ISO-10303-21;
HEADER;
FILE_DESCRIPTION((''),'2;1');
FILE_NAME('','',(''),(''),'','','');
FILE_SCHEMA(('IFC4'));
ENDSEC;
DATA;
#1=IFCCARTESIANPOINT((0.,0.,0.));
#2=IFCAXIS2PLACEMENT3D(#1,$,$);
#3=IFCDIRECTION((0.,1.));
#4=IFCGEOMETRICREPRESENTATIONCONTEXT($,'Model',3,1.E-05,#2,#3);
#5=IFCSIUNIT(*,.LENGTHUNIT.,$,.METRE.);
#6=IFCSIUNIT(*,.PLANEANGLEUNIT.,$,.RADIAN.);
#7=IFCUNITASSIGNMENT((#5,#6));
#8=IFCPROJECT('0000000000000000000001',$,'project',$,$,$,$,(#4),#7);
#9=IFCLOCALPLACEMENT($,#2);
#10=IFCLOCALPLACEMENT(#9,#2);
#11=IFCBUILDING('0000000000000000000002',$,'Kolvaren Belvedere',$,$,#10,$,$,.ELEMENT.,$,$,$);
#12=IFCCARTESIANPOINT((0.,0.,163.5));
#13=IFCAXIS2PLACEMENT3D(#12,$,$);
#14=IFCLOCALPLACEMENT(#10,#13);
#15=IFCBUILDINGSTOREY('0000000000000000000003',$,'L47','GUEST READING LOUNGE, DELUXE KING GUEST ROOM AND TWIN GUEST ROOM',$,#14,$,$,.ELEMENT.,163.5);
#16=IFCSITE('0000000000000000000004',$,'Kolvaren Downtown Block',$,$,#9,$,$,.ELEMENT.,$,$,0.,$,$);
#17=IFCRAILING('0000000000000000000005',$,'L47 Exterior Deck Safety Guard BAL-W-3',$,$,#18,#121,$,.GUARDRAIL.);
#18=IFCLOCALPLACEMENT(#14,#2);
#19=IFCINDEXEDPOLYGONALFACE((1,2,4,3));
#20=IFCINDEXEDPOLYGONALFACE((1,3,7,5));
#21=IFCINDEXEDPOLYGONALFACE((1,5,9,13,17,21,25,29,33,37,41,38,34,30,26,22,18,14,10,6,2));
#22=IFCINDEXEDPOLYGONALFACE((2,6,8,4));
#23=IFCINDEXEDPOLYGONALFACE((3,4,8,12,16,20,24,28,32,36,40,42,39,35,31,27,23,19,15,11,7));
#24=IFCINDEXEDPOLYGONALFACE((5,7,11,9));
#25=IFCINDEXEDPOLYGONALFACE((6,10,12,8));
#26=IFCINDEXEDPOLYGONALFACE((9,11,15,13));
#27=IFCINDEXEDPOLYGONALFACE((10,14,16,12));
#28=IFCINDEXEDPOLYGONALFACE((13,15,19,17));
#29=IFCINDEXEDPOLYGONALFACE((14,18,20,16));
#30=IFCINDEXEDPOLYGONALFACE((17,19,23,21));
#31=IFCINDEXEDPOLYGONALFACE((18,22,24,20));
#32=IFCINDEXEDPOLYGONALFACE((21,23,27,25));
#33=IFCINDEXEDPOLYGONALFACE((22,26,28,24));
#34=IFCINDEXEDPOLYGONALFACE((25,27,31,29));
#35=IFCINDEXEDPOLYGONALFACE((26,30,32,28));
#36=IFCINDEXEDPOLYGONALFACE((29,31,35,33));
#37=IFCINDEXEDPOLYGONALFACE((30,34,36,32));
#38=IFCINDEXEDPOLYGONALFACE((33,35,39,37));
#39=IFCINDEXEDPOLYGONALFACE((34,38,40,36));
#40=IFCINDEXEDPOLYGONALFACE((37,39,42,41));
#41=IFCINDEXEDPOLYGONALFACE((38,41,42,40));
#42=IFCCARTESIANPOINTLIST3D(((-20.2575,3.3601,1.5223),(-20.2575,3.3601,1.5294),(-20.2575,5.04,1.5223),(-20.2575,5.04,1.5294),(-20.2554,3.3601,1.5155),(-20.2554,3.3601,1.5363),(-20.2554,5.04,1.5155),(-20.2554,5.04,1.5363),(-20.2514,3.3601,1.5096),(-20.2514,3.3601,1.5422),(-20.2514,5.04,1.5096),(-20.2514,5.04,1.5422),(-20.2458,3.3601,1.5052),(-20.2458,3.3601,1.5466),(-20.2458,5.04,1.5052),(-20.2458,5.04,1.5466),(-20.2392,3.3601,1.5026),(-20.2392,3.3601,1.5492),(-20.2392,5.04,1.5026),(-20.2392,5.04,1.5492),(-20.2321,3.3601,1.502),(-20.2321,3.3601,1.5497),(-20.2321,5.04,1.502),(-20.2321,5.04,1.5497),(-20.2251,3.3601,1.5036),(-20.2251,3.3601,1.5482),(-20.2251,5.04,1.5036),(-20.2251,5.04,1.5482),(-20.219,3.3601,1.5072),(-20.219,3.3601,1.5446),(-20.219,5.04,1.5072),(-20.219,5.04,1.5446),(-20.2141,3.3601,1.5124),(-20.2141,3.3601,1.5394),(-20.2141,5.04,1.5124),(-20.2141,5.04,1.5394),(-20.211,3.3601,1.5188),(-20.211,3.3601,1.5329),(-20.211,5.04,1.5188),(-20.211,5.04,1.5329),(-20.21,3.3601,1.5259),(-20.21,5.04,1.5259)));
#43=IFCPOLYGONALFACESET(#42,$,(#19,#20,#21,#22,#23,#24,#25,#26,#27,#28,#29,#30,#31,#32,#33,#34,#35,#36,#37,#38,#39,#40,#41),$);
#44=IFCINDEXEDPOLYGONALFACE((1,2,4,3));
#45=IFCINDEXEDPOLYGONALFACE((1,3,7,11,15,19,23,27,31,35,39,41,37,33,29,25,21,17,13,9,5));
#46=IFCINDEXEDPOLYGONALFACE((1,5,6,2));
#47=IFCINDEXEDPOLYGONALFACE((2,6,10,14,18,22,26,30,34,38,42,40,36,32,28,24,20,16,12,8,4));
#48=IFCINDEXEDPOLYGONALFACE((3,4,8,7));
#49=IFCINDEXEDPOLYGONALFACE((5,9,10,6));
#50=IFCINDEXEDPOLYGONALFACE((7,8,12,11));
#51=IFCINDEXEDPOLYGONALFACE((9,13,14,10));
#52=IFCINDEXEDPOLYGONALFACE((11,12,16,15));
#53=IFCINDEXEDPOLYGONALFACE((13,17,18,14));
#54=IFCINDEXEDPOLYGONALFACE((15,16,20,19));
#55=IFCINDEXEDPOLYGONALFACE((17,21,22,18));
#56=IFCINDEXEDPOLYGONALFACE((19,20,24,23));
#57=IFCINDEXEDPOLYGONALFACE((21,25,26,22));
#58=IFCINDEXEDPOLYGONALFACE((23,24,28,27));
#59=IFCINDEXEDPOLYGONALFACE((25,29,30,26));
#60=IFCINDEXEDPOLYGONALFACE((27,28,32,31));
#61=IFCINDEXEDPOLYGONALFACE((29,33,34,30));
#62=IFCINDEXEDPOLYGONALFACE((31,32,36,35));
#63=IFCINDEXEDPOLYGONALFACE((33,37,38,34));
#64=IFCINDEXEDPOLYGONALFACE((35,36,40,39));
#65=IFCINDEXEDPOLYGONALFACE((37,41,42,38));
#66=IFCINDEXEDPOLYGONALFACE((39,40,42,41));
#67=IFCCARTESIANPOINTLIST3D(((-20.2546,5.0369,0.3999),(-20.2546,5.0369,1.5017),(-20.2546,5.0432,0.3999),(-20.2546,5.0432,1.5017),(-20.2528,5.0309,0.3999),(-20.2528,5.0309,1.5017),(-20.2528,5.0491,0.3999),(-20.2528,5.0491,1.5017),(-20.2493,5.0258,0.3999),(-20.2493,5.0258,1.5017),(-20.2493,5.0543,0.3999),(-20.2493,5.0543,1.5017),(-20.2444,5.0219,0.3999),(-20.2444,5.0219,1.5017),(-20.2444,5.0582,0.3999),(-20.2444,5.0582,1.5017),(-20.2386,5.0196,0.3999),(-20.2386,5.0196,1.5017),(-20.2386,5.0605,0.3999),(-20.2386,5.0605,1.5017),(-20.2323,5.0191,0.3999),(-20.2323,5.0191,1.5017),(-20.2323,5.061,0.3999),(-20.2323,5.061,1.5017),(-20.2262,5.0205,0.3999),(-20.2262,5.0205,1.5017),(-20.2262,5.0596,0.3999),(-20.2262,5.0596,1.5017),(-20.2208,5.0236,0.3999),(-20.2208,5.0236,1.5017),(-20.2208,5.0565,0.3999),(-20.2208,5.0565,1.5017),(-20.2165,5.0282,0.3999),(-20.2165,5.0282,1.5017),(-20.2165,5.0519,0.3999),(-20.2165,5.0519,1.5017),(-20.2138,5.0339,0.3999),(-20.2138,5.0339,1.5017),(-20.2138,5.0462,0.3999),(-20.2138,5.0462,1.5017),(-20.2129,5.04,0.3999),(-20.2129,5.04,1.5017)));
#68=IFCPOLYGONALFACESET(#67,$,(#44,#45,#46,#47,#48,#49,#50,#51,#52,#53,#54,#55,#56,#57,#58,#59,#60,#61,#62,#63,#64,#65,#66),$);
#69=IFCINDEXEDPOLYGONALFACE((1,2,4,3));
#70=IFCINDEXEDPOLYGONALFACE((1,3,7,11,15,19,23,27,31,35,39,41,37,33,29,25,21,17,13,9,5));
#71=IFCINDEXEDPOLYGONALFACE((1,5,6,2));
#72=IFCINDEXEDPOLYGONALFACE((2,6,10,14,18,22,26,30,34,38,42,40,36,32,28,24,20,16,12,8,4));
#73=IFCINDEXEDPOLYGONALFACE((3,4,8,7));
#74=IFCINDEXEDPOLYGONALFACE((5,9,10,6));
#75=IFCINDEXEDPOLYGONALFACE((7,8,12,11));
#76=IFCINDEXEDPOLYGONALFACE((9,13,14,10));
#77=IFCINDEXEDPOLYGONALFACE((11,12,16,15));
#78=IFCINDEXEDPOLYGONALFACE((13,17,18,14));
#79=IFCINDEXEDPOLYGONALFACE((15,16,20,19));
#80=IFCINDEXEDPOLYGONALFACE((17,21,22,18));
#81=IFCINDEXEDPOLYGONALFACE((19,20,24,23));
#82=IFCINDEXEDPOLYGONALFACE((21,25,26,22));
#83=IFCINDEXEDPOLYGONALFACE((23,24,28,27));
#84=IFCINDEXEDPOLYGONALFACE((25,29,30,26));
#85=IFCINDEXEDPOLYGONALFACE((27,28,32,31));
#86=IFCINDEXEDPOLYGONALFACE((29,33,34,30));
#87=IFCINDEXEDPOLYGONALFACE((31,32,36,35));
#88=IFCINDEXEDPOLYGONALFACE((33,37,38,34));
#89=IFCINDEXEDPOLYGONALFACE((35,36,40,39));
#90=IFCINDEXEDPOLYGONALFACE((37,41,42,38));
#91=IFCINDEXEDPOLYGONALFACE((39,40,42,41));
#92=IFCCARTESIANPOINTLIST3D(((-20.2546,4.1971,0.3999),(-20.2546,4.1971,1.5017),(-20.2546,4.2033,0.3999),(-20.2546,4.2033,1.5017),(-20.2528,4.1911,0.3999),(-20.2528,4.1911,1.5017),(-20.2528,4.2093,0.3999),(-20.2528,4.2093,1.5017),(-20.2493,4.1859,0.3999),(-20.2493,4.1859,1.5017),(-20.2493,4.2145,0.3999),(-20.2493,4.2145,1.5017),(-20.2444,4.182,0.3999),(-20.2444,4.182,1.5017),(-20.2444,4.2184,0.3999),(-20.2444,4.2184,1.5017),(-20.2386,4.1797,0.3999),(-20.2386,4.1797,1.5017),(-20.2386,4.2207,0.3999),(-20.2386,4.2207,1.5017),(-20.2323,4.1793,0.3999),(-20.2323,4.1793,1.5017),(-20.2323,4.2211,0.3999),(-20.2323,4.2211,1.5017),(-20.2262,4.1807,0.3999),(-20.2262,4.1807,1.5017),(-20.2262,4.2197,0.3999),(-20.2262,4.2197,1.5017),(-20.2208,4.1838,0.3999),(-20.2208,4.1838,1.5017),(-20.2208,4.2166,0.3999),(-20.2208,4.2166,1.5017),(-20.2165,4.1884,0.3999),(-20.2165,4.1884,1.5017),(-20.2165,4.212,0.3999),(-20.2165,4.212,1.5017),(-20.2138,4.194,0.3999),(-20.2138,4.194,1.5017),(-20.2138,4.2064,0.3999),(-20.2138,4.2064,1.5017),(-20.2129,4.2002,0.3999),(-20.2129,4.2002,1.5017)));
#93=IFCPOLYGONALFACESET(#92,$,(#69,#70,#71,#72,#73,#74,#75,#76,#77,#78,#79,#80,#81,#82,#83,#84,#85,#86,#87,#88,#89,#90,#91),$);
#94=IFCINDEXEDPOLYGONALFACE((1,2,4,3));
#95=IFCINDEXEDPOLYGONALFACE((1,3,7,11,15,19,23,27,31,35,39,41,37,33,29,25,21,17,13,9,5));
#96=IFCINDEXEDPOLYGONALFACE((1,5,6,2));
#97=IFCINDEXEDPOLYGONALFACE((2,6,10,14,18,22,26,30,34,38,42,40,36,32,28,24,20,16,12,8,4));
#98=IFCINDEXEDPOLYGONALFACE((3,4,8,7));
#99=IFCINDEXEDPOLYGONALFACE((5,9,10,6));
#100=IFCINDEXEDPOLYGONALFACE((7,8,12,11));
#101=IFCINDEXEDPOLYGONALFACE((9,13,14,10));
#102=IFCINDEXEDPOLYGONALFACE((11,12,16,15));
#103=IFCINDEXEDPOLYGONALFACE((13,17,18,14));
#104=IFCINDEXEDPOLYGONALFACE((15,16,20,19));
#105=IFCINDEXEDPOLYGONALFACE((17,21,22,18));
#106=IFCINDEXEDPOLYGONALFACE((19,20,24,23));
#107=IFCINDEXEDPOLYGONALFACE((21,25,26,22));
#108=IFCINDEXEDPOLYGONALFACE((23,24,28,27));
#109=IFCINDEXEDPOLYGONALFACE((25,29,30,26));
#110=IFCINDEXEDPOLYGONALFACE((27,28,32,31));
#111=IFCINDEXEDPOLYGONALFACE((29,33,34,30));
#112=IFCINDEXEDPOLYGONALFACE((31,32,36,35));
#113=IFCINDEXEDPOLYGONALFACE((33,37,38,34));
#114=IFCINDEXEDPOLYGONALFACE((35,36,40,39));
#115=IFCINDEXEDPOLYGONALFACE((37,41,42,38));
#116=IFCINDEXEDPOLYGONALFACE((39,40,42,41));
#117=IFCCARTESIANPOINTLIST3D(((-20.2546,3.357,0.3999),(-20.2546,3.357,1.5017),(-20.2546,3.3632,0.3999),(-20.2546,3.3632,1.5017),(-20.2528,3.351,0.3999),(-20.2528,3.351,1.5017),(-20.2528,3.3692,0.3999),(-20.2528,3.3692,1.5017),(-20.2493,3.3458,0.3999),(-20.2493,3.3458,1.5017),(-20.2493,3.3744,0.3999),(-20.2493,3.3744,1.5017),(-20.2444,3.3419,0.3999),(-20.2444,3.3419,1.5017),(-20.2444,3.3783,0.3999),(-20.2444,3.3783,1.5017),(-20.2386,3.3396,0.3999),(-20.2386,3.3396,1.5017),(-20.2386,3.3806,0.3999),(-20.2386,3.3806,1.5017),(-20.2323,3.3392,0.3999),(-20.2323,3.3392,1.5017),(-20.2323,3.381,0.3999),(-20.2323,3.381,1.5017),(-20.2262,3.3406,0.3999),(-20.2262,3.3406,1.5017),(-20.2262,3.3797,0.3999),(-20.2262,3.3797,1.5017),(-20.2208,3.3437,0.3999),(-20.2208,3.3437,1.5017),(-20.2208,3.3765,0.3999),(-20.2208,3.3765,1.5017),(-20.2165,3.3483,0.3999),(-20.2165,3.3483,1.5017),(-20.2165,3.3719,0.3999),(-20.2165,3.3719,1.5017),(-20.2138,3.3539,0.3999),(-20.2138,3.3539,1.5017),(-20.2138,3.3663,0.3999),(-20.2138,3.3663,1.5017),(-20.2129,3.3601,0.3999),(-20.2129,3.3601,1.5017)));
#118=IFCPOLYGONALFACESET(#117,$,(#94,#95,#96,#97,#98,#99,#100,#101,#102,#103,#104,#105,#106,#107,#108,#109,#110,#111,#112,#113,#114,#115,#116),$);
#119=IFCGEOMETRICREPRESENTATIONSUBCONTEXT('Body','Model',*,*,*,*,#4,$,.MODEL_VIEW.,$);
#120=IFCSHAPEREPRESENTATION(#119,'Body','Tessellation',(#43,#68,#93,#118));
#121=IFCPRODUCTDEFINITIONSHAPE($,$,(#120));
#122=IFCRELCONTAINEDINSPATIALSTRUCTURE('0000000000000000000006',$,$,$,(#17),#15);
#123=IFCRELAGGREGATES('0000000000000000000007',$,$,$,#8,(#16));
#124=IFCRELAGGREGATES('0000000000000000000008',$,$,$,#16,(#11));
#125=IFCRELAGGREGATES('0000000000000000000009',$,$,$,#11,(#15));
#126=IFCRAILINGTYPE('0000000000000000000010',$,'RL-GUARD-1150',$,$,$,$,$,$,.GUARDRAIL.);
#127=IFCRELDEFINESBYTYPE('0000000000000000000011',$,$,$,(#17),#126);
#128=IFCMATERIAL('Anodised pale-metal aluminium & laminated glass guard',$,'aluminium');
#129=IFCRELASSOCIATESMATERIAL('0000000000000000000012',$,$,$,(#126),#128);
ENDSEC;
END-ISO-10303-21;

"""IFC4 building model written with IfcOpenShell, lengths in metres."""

from ifc_helpers import new_model, si_unit, direction, frame, origin, origin_2d, place, context, subcontext, project, spatial, circle, extrude, material, type_object, element, save


model = new_model("IFC4")

# Units and contexts
model_context = context("Model", 3, precision=1e-05, world=origin(), true_north=direction((0.0, 1.0)))
body_context = subcontext(model_context, "Body", "Model", "MODEL_VIEW")
ifc_project = project(units=[si_unit("LENGTHUNIT", "METRE"), si_unit("PLANEANGLEUNIT", "RADIAN")], contexts=[model_context])

# Site, building, storey
site_placement = place(None, origin())
site = spatial("IfcSite", under=ifc_project, at=site_placement, Name="Kolvaren Downtown Block", CompositionType="ELEMENT", RefElevation=0.0)
building_placement = place(site_placement, origin())
building = spatial("IfcBuilding", under=site, at=building_placement, Name="Kolvaren Belvedere", CompositionType="ELEMENT")
storey_placement = place(building_placement, frame((0.0, 0.0, 163.5)))
storey = spatial("IfcBuildingStorey", under=building, at=storey_placement, Name="L47", Description="GUEST READING LOUNGE, DELUXE KING GUEST ROOM AND TWIN GUEST ROOM", CompositionType="ELEMENT", Elevation=163.5)

# Railing
ifc_material_1 = material(Name="Anodised pale-metal aluminium & laminated glass guard", Category="aluminium")
railing_type = type_object("IfcRailingType", Name="RL-GUARD-1150", PredefinedType="GUARDRAIL", material=ifc_material_1)
railing_1_placement = place(storey_placement, frame((-20.2339, 5.04, 0.3999)))
element("IfcRailing", 1, at=railing_1_placement, inside=storey, type_object=railing_type, Name="L47 Exterior Deck Safety Guard BAL-W-3", PredefinedType="GUARDRAIL", context=body_context, shape_type="SweptSolid", body=[
    extrude(circle(Radius=0.0239, at=origin_2d()), frame((0.0, 0.0, 1.126), z_axis=(0.0, -1.0, 0.0), x_axis=(1.0, 0.0, 0.0)), (0.0, 0.0, 1.0), 1.6799),
    extrude(circle(Radius=0.021, at=origin_2d()), origin(), (0.0, 0.0, 1.0), 1.1018),
    extrude(circle(Radius=0.021, at=origin_2d()), frame((0.0, -0.8398, 0.0)), (0.0, 0.0, 1.0), 1.1018),
    extrude(circle(Radius=0.021, at=origin_2d()), frame((0.0, -1.6799, 0.0)), (0.0, 0.0, 1.0), 1.1018),
])

save(model, "model.ifc")
